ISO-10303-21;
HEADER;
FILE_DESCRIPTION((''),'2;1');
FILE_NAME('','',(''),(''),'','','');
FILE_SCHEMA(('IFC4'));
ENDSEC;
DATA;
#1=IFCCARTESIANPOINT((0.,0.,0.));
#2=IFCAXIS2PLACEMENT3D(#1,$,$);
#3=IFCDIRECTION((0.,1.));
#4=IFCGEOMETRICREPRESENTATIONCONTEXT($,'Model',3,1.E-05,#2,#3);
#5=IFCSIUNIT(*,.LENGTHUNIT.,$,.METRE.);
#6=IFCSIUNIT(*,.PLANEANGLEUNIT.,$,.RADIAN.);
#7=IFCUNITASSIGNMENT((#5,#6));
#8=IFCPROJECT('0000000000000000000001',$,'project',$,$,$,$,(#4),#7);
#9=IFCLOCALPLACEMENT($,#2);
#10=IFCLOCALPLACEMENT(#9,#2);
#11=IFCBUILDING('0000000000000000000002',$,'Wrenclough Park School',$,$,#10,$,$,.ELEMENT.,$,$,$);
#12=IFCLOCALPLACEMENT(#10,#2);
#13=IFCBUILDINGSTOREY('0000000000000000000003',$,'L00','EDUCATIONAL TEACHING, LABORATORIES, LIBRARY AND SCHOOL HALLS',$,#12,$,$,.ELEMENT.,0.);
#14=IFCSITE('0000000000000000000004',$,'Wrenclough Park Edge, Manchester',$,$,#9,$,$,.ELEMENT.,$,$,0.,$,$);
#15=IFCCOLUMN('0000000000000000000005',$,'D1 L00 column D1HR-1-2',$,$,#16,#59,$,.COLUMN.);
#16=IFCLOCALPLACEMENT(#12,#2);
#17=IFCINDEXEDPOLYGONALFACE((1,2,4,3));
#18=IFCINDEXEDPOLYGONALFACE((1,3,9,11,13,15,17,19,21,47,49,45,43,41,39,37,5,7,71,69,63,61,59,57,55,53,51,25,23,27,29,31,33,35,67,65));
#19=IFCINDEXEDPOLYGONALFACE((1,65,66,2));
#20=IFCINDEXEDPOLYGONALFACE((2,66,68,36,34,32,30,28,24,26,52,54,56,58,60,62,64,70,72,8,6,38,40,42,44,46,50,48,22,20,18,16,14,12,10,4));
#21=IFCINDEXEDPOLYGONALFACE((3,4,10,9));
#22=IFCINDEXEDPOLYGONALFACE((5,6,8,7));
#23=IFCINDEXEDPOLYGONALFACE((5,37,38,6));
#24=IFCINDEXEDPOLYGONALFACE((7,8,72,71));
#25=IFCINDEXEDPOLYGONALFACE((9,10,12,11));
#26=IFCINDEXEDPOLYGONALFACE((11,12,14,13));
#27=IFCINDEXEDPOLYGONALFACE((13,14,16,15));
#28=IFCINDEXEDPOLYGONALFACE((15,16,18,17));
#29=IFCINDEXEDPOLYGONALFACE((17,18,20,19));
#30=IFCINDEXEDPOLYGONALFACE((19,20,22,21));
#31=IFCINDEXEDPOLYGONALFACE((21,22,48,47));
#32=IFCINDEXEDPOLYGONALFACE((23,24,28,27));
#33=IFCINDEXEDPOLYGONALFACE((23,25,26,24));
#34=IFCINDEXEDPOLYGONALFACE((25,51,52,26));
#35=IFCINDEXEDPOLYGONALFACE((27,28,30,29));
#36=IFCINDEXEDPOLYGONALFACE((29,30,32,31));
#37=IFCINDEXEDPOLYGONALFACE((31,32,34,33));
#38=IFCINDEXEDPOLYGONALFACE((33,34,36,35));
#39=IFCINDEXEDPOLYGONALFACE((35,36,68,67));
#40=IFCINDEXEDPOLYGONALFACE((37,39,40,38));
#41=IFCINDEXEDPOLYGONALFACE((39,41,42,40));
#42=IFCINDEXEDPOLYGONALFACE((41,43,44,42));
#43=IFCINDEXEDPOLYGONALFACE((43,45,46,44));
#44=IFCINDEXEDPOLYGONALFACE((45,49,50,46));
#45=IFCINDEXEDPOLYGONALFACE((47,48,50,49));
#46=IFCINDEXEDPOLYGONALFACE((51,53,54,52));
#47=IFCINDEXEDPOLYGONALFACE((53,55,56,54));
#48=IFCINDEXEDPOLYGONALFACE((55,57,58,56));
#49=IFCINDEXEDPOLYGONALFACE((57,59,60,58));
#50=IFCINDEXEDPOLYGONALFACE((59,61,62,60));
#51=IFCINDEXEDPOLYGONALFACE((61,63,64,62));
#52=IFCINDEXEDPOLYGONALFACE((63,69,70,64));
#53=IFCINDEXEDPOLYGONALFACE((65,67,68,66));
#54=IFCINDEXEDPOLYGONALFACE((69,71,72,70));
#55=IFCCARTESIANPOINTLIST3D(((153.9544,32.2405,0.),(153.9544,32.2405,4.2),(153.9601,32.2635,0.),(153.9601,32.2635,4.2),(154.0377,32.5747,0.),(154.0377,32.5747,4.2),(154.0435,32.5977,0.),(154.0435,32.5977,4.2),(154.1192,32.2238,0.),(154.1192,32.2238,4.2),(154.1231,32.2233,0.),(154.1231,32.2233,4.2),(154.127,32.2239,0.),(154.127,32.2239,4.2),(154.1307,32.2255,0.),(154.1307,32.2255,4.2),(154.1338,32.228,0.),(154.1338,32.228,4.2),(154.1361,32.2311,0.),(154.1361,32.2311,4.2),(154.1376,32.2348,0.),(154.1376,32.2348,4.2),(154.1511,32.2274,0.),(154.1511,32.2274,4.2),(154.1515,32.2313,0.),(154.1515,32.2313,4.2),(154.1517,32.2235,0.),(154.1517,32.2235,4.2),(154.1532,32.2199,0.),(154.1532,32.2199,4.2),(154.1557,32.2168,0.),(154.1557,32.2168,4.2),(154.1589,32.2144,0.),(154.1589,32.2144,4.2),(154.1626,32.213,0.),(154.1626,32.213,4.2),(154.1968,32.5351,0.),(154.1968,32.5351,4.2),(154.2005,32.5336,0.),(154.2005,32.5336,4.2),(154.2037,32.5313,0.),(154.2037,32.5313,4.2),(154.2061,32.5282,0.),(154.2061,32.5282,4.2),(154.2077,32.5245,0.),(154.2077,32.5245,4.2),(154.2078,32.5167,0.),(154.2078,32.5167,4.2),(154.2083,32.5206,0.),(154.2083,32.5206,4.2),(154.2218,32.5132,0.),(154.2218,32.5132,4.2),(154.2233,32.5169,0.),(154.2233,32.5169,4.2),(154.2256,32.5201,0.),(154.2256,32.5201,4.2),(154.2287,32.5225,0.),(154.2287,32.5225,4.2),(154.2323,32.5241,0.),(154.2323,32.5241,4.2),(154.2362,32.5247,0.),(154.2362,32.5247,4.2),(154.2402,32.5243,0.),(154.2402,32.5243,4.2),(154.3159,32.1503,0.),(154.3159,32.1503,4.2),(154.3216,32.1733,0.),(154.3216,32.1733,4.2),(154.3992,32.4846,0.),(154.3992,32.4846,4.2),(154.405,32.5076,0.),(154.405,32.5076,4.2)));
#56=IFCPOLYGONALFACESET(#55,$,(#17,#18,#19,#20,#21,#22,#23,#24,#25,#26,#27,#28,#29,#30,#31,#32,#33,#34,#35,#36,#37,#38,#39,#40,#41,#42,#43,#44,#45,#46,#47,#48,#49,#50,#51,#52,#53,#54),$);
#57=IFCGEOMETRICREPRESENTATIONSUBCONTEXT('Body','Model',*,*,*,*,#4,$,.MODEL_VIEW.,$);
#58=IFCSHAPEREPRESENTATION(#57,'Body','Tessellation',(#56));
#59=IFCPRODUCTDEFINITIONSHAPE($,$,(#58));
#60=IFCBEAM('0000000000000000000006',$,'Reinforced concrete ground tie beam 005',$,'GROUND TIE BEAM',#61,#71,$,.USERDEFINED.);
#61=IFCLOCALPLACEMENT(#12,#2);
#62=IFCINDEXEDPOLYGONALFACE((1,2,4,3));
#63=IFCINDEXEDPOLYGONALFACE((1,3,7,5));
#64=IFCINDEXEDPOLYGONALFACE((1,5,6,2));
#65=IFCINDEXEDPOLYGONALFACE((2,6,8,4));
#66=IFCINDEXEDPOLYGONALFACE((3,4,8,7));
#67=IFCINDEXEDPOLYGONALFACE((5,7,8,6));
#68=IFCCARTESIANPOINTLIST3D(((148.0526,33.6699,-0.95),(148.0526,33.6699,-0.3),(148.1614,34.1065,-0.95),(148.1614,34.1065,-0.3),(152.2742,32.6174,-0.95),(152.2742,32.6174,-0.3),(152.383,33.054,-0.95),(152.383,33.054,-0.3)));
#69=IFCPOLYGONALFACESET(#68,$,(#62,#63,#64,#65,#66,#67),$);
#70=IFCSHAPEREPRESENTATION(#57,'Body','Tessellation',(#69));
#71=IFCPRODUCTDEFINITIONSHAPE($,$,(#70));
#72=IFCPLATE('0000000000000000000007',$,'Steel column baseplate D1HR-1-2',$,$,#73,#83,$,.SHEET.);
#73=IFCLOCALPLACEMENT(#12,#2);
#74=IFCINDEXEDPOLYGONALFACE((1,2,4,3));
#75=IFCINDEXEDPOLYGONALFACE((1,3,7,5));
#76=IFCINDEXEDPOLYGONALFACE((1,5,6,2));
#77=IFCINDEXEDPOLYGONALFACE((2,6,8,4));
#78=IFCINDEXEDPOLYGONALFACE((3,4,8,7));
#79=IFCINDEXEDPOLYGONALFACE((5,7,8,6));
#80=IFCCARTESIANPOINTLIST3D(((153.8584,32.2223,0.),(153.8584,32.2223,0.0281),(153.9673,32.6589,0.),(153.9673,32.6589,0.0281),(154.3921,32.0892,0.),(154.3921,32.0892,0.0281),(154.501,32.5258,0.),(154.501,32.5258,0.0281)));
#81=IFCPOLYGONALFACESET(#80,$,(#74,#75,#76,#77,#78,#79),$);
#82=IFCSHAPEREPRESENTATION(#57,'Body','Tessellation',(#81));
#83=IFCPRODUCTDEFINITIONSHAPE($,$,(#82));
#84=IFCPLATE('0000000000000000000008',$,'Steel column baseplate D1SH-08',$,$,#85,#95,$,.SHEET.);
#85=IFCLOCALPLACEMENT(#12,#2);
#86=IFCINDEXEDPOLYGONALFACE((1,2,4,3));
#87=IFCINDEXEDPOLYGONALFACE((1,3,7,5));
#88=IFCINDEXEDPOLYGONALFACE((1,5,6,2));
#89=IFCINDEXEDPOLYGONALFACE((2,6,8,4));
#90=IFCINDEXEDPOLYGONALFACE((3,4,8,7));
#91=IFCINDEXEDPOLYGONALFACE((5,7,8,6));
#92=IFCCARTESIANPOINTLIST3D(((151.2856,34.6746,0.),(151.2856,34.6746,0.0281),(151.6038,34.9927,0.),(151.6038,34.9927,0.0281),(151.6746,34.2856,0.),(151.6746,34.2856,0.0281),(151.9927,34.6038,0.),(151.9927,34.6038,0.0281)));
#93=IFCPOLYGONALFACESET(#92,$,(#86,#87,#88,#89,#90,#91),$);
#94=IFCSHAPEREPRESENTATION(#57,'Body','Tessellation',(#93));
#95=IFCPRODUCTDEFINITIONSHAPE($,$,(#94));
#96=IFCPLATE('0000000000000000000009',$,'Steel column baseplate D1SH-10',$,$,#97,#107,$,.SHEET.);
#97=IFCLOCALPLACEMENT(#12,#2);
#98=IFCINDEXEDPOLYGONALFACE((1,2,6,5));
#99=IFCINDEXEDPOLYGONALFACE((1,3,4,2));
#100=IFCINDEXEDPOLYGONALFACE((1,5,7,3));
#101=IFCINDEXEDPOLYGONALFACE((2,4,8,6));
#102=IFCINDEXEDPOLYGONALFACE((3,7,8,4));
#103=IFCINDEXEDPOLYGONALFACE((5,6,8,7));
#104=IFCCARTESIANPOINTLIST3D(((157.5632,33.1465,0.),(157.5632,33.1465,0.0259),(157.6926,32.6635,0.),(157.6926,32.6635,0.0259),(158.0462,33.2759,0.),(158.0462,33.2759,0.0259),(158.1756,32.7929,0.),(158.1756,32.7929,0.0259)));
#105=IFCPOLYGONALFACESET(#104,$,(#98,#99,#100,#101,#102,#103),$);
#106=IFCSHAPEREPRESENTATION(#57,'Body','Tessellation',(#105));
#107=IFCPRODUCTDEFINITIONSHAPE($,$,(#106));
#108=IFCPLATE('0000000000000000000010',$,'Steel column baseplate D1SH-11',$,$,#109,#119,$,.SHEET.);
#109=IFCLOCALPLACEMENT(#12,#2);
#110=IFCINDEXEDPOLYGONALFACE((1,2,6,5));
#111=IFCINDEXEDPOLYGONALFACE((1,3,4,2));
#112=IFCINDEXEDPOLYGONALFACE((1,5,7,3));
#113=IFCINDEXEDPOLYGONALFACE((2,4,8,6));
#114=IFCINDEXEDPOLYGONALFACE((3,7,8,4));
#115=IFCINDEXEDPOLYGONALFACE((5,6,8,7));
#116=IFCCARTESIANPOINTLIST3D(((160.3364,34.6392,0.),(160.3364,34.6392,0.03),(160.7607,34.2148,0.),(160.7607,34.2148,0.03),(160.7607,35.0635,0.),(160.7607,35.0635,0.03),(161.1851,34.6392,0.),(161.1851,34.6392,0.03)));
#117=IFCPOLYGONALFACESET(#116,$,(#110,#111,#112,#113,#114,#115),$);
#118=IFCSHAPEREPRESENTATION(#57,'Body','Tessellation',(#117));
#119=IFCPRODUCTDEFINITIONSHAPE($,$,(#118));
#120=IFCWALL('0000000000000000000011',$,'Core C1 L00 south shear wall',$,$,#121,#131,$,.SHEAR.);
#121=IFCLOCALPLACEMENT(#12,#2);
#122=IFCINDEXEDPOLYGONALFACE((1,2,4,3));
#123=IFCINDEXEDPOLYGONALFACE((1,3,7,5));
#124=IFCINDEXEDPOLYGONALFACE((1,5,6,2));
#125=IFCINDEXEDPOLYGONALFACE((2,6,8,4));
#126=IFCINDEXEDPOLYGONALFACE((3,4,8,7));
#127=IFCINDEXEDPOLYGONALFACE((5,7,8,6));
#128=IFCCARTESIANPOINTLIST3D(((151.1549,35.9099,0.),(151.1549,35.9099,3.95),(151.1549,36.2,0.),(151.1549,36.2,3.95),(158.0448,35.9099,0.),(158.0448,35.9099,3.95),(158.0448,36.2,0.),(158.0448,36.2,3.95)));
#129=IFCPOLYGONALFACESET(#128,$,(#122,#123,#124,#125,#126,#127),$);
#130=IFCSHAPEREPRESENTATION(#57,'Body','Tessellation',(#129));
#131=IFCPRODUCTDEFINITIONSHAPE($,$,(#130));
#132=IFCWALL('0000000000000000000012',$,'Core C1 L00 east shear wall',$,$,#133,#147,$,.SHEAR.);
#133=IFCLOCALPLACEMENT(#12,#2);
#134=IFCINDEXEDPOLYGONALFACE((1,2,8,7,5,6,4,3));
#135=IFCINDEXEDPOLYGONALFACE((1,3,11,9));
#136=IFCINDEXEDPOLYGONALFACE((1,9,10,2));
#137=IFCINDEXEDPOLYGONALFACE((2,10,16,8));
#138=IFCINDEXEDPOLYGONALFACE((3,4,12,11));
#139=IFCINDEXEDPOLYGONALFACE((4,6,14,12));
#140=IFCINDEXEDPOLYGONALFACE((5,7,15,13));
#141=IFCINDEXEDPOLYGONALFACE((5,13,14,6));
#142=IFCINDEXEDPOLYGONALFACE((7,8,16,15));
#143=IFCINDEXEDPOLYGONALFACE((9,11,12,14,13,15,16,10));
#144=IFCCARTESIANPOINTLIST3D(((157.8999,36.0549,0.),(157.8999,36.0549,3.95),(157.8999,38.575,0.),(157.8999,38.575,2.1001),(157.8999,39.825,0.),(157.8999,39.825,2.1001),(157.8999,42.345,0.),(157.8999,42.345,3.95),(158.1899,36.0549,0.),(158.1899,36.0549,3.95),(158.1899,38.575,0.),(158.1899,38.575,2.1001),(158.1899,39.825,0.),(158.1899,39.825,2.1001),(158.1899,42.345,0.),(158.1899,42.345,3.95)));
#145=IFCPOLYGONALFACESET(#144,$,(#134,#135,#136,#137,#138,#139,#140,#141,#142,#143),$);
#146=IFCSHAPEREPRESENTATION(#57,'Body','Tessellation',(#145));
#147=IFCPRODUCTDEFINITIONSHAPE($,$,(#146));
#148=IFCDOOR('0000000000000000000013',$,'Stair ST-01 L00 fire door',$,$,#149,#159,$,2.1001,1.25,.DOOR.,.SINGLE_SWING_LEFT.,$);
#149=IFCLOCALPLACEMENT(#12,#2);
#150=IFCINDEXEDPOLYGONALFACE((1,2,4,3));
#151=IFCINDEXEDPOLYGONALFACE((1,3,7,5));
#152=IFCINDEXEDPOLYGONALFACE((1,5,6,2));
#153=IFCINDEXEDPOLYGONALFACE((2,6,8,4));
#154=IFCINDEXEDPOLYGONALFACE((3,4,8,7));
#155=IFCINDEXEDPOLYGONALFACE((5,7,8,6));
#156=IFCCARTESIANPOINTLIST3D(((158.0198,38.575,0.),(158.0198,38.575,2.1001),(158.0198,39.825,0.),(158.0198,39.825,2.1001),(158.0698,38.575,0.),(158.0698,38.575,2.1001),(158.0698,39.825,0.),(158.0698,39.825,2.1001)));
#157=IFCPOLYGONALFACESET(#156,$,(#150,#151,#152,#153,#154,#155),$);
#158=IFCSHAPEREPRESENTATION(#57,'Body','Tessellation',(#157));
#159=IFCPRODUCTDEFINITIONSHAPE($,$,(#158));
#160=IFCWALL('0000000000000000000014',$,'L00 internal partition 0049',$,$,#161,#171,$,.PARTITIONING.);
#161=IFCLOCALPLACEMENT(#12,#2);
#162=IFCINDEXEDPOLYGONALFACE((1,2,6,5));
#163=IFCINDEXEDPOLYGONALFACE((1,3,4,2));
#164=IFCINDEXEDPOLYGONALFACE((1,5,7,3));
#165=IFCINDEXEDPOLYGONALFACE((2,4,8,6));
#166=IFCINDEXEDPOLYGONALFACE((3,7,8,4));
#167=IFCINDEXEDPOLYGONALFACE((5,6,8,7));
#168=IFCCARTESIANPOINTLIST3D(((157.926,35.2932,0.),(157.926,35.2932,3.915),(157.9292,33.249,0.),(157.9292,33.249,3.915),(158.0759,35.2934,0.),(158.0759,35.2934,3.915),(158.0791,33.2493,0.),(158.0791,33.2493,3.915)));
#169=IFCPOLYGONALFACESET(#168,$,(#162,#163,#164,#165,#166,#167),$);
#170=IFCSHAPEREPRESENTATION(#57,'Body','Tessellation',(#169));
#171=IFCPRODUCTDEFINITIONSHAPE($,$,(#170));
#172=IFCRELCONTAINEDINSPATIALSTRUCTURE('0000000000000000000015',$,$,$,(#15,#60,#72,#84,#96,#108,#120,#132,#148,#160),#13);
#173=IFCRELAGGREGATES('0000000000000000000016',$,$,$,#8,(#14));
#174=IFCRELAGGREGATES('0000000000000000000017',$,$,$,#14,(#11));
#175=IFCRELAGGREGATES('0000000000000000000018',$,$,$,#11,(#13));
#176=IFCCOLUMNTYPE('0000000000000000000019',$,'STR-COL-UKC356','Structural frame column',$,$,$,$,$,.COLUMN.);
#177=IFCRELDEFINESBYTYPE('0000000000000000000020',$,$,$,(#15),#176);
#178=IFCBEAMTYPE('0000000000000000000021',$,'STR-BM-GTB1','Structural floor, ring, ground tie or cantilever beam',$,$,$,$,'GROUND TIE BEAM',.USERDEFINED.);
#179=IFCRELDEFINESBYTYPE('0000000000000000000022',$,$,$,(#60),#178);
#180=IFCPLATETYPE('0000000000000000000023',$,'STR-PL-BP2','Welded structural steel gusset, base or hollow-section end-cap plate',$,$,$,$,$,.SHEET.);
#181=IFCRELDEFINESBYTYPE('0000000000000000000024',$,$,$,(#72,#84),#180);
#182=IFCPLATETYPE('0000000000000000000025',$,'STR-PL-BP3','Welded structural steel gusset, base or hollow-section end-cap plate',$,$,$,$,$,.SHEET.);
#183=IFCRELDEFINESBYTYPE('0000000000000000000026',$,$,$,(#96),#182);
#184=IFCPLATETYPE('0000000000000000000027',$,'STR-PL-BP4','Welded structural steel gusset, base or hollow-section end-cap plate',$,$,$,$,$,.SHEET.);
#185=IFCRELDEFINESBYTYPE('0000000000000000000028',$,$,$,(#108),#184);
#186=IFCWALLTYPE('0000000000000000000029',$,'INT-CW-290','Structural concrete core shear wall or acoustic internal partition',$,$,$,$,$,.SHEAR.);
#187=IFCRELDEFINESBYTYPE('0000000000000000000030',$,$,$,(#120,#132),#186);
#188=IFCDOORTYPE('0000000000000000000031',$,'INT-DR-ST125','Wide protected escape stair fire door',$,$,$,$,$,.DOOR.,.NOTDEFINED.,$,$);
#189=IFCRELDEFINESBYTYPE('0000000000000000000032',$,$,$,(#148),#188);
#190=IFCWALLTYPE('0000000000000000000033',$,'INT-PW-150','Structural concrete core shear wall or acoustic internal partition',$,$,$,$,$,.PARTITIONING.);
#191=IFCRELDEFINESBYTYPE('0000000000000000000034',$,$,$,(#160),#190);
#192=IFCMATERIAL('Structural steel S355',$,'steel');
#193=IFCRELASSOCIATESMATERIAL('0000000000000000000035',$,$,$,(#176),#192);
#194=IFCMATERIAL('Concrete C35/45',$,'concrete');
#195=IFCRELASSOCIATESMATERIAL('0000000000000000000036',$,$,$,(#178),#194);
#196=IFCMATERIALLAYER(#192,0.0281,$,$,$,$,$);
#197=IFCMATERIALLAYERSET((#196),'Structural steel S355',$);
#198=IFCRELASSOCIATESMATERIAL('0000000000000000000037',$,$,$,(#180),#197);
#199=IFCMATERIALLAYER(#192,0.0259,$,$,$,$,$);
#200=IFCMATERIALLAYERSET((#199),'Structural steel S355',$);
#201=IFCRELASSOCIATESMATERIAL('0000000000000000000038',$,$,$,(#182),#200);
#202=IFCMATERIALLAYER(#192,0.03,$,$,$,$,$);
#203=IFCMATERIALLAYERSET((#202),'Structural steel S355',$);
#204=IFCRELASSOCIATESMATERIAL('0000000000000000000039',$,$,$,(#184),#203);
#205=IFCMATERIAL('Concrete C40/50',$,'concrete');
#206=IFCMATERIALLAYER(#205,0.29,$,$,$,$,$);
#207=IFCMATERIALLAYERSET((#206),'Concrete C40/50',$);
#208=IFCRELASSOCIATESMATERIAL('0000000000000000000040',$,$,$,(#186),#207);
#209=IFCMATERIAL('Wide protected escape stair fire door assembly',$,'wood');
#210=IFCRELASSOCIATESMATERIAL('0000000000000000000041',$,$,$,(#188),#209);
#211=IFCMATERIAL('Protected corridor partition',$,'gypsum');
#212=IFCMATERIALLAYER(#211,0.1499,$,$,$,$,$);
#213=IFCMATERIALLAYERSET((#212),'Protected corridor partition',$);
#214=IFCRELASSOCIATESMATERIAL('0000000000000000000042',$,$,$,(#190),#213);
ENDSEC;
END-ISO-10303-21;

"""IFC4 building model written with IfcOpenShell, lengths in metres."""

from ifc_helpers import new_model, si_unit, direction, frame, frame_2d, origin, origin_2d, place, context, subcontext, project, spatial, rectangle, i_section, extrude, material, layer, layer_set, material_profile, profile_set, type_object, element, fill, save


model = new_model("IFC4")

# Units and contexts
model_context = context("Model", 3, precision=1e-05, world=origin(), true_north=direction((0.0, 1.0)))
body_context = subcontext(model_context, "Body", "Model", "MODEL_VIEW")
ifc_project = project(units=[si_unit("LENGTHUNIT", "METRE"), si_unit("PLANEANGLEUNIT", "RADIAN")], contexts=[model_context])

# Site, building, storey
site_placement = place(None, origin())
site = spatial("IfcSite", under=ifc_project, at=site_placement, Name="Wrenclough Park Edge, Manchester", CompositionType="ELEMENT", RefElevation=0.0)
building_placement = place(site_placement, origin())
building = spatial("IfcBuilding", under=site, at=building_placement, Name="Wrenclough Park School", CompositionType="ELEMENT")
storey_placement = place(building_placement, origin())
storey = spatial("IfcBuildingStorey", under=building, at=storey_placement, Name="L00", Description="EDUCATIONAL TEACHING, LABORATORIES, LIBRARY AND SCHOOL HALLS", CompositionType="ELEMENT", Elevation=0.0)

# Shared definitions
ifc_material_1 = material(Name="Concrete C35/45", Category="concrete")

# Column
ifc_material_2 = material(Name="Structural steel S355", Category="steel")
ifc_material_profile_1 = material_profile(ifc_material_2, i_section(OverallWidth=0.3726, OverallDepth=0.3682, WebThickness=0.0144, FlangeThickness=0.0237, FilletRadius=0.0151, at=origin_2d()), Name="UKC 356x368x177")
ifc_profile_set_1 = profile_set([ifc_material_profile_1], Name="Structural steel S355")
column_type_1 = type_object("IfcColumnType", Name="STR-COL-UKC356", Description="Structural frame column", PredefinedType="COLUMN", material=ifc_profile_set_1)
column_placement = place(storey_placement, frame((154.1797, 32.374, 0.0), z_axis=(0.0, 0.0, 1.0), x_axis=(0.970296, -0.241922, 0.0)))
element("IfcColumn", 1, at=column_placement, inside=storey, type_object=column_type_1, Name="D1 L00 column D1HR-1-2", PredefinedType="COLUMN", context=body_context, shape_type="SweptSolid", body=[
    extrude(i_section(OverallWidth=0.3726, OverallDepth=0.3682, WebThickness=0.0144, FlangeThickness=0.0237, FilletRadius=0.0151, at=origin_2d()), origin(), (0.0, 0.0, 1.0), 4.2),
])

# Beam
ifc_material_profile_2 = material_profile(ifc_material_1, rectangle(XDim=0.45, YDim=0.6499, at=origin_2d()), Name="RC GROUND 450x650")
ifc_profile_set_2 = profile_set([ifc_material_profile_2], Name="Concrete C35/45")
beam_type = type_object("IfcBeamType", Name="STR-BM-GTB1", Description="Structural floor, ring, ground tie or cantilever beam", ElementType="GROUND TIE BEAM", PredefinedType="USERDEFINED", material=ifc_profile_set_2)
beam_placement = place(storey_placement, frame((152.3286, 32.8357, -0.625), z_axis=(-0.970301, 0.241902, 0.0), x_axis=(-0.241902, -0.970301, 0.0)))
element("IfcBeam", 2, at=beam_placement, inside=storey, type_object=beam_type, Name="Reinforced concrete ground tie beam 005", ObjectType="GROUND TIE BEAM", PredefinedType="USERDEFINED", context=body_context, shape_type="SweptSolid", body=[
    extrude(rectangle(XDim=0.45, YDim=0.6499, at=origin_2d()), origin(), (0.0, 0.0, 1.0), 4.3508),
])

# Plates
ifc_layer_1 = layer(ifc_material_2, 0.0281)
ifc_layer_set_1 = layer_set([ifc_layer_1], Name="Structural steel S355")
plate_type_1 = type_object("IfcPlateType", Name="STR-PL-BP2", Description="Welded structural steel gusset, base or hollow-section end-cap plate", PredefinedType="SHEET", material=ifc_layer_set_1)
for number, where, z_axis, x_axis, name in (
    (3, (154.1797, 32.374, 0.0), (0.0, 0.0, 1.0), (0.970296, -0.241922, 0.0), "Steel column baseplate D1HR-1-2"),
    (4, (151.6392, 34.6392, 0.0), (0.0, 0.0, 1.0), (0.707107, -0.707107, 0.0), "Steel column baseplate D1SH-08"),
):
    element("IfcPlate", number, at=place(storey_placement, frame(where, z_axis=z_axis, x_axis=x_axis)), inside=storey, type_object=plate_type_1, Name=name, PredefinedType="SHEET", context=body_context, shape_type="SweptSolid", body=[
        extrude(rectangle(XDim=0.55, YDim=0.45, at=origin_2d()), origin(), (0.0, 0.0, 1.0), 0.0281),
    ])
ifc_layer_2 = layer(ifc_material_2, 0.0259)
ifc_layer_set_2 = layer_set([ifc_layer_2], Name="Structural steel S355")
plate_type_2 = type_object("IfcPlateType", Name="STR-PL-BP3", Description="Welded structural steel gusset, base or hollow-section end-cap plate", PredefinedType="SHEET", material=ifc_layer_set_2)
plate_1_placement = place(storey_placement, frame((157.8694, 32.9697, 0.0), z_axis=(0.0, 0.0, 1.0), x_axis=(0.965926, 0.258819, 0.0)))
element("IfcPlate", 5, at=plate_1_placement, inside=storey, type_object=plate_type_2, Name="Steel column baseplate D1SH-10", PredefinedType="SHEET", context=body_context, shape_type="SweptSolid", body=[
    extrude(rectangle(XDim=0.5, YDim=0.5, at=origin_2d()), origin(), (0.0, 0.0, 1.0), 0.0259),
])
ifc_layer_3 = layer(ifc_material_2, 0.03)
ifc_layer_set_3 = layer_set([ifc_layer_3], Name="Structural steel S355")
plate_type_3 = type_object("IfcPlateType", Name="STR-PL-BP4", Description="Welded structural steel gusset, base or hollow-section end-cap plate", PredefinedType="SHEET", material=ifc_layer_set_3)
plate_2_placement = place(storey_placement, frame((160.7607, 34.6392, 0.0), z_axis=(0.0, 0.0, 1.0), x_axis=(0.707107, 0.707107, 0.0)))
element("IfcPlate", 6, at=plate_2_placement, inside=storey, type_object=plate_type_3, Name="Steel column baseplate D1SH-11", PredefinedType="SHEET", context=body_context, shape_type="SweptSolid", body=[
    extrude(rectangle(XDim=0.6001, YDim=0.6001, at=origin_2d()), origin(), (0.0, 0.0, 1.0), 0.03),
])

# Wall
ifc_material_3 = material(Name="Concrete C40/50", Category="concrete")
ifc_layer_4 = layer(ifc_material_3, 0.29)
ifc_layer_set_4 = layer_set([ifc_layer_4], Name="Concrete C40/50")
wall_type_1 = type_object("IfcWallType", Name="INT-CW-290", Description="Structural concrete core shear wall or acoustic internal partition", PredefinedType="SHEAR", material=ifc_layer_set_4)
wall_1_placement = place(storey_placement, frame((151.155, 36.0549, 0.0), z_axis=(0.0, 0.0, 1.0), x_axis=(1.0, 0.0, 0.0)))
element("IfcWall", 7, at=wall_1_placement, inside=storey, type_object=wall_type_1, Name="Core C1 L00 south shear wall", PredefinedType="SHEAR", context=body_context, shape_type="SweptSolid", body=[
    extrude(rectangle(XDim=6.8899, YDim=0.29, at=frame_2d((3.4448, 0.0))), origin(), (0.0, 0.0, 1.0), 3.95),
])

# Wall, opening, door
wall_2_placement = place(storey_placement, frame((158.0449, 36.0549, 0.0), z_axis=(0.0, 0.0, 1.0), x_axis=(0.0, 1.0, 0.0)))
wall_2 = element("IfcWall", 8, at=wall_2_placement, inside=storey, type_object=wall_type_1, Name="Core C1 L00 east shear wall", PredefinedType="SHEAR", context=body_context, shape_type="SweptSolid", body=[
    extrude(rectangle(XDim=6.29, YDim=0.29, at=frame_2d((3.145, 0.0))), origin(), (0.0, 0.0, 1.0), 3.95),
])
opening_1_placement = place(wall_2_placement, frame((2.52, 0.0, 0.0)))
opening_1 = element("IfcOpeningElement", 9, at=opening_1_placement, cuts=wall_2, PredefinedType="OPENING", context=body_context, shape_type="SweptSolid", body=[
    extrude(rectangle(XDim=1.25, YDim=2.1001, at=frame_2d((0.625, 1.05))), frame((0.0, 0.155, 0.0), z_axis=(0.0, -1.0, 0.0), x_axis=(1.0, 0.0, 0.0)), (0.0, 0.0, 1.0), 0.3101),
])
ifc_material_4 = material(Name="Wide protected escape stair fire door assembly", Category="wood")
door_type_1 = type_object("IfcDoorType", Name="INT-DR-ST125", Description="Wide protected escape stair fire door", OperationType="NOTDEFINED", PredefinedType="DOOR", material=ifc_material_4)
door_1_placement = place(opening_1_placement, frame((1.25, 0.0, 0.0), z_axis=(0.0, 0.0, 1.0), x_axis=(-1.0, 0.0, 0.0)))
door_1 = element("IfcDoor", 10, at=door_1_placement, inside=storey, type_object=door_type_1, Name="Stair ST-01 L00 fire door", OperationType="SINGLE_SWING_LEFT", OverallHeight=2.1001, OverallWidth=1.25, PredefinedType="DOOR", context=body_context, shape_type="SweptSolid", body=[
    extrude(rectangle(XDim=1.25, YDim=2.1001, at=frame_2d((0.625, 1.05))), frame((0.0, 0.0249, 0.0), z_axis=(0.0, -1.0, 0.0), x_axis=(1.0, 0.0, 0.0)), (0.0, 0.0, 1.0), 0.05),
])
fill(opening_1, door_1)

# Wall
ifc_material_5 = material(Name="Protected corridor partition", Category="gypsum")
ifc_layer_5 = layer(ifc_material_5, 0.1499)
ifc_layer_set_5 = layer_set([ifc_layer_5], Name="Protected corridor partition")
wall_type_2 = type_object("IfcWallType", Name="INT-PW-150", Description="Structural concrete core shear wall or acoustic internal partition", PredefinedType="PARTITIONING", material=ifc_layer_set_5)
wall_3_placement = place(storey_placement, frame((158.0042, 33.2493, 0.0), z_axis=(0.0, 0.0, 1.0), x_axis=(-0.001553, 0.999999, 0.0)))
element("IfcWall", 11, at=wall_3_placement, inside=storey, type_object=wall_type_2, Name="L00 internal partition 0049", PredefinedType="PARTITIONING", context=body_context, shape_type="SweptSolid", body=[
    extrude(rectangle(XDim=2.0442, YDim=0.1499, at=frame_2d((1.022, 0.0))), origin(), (0.0, 0.0, 1.0), 3.915),
])

save(model, "model.ifc")
